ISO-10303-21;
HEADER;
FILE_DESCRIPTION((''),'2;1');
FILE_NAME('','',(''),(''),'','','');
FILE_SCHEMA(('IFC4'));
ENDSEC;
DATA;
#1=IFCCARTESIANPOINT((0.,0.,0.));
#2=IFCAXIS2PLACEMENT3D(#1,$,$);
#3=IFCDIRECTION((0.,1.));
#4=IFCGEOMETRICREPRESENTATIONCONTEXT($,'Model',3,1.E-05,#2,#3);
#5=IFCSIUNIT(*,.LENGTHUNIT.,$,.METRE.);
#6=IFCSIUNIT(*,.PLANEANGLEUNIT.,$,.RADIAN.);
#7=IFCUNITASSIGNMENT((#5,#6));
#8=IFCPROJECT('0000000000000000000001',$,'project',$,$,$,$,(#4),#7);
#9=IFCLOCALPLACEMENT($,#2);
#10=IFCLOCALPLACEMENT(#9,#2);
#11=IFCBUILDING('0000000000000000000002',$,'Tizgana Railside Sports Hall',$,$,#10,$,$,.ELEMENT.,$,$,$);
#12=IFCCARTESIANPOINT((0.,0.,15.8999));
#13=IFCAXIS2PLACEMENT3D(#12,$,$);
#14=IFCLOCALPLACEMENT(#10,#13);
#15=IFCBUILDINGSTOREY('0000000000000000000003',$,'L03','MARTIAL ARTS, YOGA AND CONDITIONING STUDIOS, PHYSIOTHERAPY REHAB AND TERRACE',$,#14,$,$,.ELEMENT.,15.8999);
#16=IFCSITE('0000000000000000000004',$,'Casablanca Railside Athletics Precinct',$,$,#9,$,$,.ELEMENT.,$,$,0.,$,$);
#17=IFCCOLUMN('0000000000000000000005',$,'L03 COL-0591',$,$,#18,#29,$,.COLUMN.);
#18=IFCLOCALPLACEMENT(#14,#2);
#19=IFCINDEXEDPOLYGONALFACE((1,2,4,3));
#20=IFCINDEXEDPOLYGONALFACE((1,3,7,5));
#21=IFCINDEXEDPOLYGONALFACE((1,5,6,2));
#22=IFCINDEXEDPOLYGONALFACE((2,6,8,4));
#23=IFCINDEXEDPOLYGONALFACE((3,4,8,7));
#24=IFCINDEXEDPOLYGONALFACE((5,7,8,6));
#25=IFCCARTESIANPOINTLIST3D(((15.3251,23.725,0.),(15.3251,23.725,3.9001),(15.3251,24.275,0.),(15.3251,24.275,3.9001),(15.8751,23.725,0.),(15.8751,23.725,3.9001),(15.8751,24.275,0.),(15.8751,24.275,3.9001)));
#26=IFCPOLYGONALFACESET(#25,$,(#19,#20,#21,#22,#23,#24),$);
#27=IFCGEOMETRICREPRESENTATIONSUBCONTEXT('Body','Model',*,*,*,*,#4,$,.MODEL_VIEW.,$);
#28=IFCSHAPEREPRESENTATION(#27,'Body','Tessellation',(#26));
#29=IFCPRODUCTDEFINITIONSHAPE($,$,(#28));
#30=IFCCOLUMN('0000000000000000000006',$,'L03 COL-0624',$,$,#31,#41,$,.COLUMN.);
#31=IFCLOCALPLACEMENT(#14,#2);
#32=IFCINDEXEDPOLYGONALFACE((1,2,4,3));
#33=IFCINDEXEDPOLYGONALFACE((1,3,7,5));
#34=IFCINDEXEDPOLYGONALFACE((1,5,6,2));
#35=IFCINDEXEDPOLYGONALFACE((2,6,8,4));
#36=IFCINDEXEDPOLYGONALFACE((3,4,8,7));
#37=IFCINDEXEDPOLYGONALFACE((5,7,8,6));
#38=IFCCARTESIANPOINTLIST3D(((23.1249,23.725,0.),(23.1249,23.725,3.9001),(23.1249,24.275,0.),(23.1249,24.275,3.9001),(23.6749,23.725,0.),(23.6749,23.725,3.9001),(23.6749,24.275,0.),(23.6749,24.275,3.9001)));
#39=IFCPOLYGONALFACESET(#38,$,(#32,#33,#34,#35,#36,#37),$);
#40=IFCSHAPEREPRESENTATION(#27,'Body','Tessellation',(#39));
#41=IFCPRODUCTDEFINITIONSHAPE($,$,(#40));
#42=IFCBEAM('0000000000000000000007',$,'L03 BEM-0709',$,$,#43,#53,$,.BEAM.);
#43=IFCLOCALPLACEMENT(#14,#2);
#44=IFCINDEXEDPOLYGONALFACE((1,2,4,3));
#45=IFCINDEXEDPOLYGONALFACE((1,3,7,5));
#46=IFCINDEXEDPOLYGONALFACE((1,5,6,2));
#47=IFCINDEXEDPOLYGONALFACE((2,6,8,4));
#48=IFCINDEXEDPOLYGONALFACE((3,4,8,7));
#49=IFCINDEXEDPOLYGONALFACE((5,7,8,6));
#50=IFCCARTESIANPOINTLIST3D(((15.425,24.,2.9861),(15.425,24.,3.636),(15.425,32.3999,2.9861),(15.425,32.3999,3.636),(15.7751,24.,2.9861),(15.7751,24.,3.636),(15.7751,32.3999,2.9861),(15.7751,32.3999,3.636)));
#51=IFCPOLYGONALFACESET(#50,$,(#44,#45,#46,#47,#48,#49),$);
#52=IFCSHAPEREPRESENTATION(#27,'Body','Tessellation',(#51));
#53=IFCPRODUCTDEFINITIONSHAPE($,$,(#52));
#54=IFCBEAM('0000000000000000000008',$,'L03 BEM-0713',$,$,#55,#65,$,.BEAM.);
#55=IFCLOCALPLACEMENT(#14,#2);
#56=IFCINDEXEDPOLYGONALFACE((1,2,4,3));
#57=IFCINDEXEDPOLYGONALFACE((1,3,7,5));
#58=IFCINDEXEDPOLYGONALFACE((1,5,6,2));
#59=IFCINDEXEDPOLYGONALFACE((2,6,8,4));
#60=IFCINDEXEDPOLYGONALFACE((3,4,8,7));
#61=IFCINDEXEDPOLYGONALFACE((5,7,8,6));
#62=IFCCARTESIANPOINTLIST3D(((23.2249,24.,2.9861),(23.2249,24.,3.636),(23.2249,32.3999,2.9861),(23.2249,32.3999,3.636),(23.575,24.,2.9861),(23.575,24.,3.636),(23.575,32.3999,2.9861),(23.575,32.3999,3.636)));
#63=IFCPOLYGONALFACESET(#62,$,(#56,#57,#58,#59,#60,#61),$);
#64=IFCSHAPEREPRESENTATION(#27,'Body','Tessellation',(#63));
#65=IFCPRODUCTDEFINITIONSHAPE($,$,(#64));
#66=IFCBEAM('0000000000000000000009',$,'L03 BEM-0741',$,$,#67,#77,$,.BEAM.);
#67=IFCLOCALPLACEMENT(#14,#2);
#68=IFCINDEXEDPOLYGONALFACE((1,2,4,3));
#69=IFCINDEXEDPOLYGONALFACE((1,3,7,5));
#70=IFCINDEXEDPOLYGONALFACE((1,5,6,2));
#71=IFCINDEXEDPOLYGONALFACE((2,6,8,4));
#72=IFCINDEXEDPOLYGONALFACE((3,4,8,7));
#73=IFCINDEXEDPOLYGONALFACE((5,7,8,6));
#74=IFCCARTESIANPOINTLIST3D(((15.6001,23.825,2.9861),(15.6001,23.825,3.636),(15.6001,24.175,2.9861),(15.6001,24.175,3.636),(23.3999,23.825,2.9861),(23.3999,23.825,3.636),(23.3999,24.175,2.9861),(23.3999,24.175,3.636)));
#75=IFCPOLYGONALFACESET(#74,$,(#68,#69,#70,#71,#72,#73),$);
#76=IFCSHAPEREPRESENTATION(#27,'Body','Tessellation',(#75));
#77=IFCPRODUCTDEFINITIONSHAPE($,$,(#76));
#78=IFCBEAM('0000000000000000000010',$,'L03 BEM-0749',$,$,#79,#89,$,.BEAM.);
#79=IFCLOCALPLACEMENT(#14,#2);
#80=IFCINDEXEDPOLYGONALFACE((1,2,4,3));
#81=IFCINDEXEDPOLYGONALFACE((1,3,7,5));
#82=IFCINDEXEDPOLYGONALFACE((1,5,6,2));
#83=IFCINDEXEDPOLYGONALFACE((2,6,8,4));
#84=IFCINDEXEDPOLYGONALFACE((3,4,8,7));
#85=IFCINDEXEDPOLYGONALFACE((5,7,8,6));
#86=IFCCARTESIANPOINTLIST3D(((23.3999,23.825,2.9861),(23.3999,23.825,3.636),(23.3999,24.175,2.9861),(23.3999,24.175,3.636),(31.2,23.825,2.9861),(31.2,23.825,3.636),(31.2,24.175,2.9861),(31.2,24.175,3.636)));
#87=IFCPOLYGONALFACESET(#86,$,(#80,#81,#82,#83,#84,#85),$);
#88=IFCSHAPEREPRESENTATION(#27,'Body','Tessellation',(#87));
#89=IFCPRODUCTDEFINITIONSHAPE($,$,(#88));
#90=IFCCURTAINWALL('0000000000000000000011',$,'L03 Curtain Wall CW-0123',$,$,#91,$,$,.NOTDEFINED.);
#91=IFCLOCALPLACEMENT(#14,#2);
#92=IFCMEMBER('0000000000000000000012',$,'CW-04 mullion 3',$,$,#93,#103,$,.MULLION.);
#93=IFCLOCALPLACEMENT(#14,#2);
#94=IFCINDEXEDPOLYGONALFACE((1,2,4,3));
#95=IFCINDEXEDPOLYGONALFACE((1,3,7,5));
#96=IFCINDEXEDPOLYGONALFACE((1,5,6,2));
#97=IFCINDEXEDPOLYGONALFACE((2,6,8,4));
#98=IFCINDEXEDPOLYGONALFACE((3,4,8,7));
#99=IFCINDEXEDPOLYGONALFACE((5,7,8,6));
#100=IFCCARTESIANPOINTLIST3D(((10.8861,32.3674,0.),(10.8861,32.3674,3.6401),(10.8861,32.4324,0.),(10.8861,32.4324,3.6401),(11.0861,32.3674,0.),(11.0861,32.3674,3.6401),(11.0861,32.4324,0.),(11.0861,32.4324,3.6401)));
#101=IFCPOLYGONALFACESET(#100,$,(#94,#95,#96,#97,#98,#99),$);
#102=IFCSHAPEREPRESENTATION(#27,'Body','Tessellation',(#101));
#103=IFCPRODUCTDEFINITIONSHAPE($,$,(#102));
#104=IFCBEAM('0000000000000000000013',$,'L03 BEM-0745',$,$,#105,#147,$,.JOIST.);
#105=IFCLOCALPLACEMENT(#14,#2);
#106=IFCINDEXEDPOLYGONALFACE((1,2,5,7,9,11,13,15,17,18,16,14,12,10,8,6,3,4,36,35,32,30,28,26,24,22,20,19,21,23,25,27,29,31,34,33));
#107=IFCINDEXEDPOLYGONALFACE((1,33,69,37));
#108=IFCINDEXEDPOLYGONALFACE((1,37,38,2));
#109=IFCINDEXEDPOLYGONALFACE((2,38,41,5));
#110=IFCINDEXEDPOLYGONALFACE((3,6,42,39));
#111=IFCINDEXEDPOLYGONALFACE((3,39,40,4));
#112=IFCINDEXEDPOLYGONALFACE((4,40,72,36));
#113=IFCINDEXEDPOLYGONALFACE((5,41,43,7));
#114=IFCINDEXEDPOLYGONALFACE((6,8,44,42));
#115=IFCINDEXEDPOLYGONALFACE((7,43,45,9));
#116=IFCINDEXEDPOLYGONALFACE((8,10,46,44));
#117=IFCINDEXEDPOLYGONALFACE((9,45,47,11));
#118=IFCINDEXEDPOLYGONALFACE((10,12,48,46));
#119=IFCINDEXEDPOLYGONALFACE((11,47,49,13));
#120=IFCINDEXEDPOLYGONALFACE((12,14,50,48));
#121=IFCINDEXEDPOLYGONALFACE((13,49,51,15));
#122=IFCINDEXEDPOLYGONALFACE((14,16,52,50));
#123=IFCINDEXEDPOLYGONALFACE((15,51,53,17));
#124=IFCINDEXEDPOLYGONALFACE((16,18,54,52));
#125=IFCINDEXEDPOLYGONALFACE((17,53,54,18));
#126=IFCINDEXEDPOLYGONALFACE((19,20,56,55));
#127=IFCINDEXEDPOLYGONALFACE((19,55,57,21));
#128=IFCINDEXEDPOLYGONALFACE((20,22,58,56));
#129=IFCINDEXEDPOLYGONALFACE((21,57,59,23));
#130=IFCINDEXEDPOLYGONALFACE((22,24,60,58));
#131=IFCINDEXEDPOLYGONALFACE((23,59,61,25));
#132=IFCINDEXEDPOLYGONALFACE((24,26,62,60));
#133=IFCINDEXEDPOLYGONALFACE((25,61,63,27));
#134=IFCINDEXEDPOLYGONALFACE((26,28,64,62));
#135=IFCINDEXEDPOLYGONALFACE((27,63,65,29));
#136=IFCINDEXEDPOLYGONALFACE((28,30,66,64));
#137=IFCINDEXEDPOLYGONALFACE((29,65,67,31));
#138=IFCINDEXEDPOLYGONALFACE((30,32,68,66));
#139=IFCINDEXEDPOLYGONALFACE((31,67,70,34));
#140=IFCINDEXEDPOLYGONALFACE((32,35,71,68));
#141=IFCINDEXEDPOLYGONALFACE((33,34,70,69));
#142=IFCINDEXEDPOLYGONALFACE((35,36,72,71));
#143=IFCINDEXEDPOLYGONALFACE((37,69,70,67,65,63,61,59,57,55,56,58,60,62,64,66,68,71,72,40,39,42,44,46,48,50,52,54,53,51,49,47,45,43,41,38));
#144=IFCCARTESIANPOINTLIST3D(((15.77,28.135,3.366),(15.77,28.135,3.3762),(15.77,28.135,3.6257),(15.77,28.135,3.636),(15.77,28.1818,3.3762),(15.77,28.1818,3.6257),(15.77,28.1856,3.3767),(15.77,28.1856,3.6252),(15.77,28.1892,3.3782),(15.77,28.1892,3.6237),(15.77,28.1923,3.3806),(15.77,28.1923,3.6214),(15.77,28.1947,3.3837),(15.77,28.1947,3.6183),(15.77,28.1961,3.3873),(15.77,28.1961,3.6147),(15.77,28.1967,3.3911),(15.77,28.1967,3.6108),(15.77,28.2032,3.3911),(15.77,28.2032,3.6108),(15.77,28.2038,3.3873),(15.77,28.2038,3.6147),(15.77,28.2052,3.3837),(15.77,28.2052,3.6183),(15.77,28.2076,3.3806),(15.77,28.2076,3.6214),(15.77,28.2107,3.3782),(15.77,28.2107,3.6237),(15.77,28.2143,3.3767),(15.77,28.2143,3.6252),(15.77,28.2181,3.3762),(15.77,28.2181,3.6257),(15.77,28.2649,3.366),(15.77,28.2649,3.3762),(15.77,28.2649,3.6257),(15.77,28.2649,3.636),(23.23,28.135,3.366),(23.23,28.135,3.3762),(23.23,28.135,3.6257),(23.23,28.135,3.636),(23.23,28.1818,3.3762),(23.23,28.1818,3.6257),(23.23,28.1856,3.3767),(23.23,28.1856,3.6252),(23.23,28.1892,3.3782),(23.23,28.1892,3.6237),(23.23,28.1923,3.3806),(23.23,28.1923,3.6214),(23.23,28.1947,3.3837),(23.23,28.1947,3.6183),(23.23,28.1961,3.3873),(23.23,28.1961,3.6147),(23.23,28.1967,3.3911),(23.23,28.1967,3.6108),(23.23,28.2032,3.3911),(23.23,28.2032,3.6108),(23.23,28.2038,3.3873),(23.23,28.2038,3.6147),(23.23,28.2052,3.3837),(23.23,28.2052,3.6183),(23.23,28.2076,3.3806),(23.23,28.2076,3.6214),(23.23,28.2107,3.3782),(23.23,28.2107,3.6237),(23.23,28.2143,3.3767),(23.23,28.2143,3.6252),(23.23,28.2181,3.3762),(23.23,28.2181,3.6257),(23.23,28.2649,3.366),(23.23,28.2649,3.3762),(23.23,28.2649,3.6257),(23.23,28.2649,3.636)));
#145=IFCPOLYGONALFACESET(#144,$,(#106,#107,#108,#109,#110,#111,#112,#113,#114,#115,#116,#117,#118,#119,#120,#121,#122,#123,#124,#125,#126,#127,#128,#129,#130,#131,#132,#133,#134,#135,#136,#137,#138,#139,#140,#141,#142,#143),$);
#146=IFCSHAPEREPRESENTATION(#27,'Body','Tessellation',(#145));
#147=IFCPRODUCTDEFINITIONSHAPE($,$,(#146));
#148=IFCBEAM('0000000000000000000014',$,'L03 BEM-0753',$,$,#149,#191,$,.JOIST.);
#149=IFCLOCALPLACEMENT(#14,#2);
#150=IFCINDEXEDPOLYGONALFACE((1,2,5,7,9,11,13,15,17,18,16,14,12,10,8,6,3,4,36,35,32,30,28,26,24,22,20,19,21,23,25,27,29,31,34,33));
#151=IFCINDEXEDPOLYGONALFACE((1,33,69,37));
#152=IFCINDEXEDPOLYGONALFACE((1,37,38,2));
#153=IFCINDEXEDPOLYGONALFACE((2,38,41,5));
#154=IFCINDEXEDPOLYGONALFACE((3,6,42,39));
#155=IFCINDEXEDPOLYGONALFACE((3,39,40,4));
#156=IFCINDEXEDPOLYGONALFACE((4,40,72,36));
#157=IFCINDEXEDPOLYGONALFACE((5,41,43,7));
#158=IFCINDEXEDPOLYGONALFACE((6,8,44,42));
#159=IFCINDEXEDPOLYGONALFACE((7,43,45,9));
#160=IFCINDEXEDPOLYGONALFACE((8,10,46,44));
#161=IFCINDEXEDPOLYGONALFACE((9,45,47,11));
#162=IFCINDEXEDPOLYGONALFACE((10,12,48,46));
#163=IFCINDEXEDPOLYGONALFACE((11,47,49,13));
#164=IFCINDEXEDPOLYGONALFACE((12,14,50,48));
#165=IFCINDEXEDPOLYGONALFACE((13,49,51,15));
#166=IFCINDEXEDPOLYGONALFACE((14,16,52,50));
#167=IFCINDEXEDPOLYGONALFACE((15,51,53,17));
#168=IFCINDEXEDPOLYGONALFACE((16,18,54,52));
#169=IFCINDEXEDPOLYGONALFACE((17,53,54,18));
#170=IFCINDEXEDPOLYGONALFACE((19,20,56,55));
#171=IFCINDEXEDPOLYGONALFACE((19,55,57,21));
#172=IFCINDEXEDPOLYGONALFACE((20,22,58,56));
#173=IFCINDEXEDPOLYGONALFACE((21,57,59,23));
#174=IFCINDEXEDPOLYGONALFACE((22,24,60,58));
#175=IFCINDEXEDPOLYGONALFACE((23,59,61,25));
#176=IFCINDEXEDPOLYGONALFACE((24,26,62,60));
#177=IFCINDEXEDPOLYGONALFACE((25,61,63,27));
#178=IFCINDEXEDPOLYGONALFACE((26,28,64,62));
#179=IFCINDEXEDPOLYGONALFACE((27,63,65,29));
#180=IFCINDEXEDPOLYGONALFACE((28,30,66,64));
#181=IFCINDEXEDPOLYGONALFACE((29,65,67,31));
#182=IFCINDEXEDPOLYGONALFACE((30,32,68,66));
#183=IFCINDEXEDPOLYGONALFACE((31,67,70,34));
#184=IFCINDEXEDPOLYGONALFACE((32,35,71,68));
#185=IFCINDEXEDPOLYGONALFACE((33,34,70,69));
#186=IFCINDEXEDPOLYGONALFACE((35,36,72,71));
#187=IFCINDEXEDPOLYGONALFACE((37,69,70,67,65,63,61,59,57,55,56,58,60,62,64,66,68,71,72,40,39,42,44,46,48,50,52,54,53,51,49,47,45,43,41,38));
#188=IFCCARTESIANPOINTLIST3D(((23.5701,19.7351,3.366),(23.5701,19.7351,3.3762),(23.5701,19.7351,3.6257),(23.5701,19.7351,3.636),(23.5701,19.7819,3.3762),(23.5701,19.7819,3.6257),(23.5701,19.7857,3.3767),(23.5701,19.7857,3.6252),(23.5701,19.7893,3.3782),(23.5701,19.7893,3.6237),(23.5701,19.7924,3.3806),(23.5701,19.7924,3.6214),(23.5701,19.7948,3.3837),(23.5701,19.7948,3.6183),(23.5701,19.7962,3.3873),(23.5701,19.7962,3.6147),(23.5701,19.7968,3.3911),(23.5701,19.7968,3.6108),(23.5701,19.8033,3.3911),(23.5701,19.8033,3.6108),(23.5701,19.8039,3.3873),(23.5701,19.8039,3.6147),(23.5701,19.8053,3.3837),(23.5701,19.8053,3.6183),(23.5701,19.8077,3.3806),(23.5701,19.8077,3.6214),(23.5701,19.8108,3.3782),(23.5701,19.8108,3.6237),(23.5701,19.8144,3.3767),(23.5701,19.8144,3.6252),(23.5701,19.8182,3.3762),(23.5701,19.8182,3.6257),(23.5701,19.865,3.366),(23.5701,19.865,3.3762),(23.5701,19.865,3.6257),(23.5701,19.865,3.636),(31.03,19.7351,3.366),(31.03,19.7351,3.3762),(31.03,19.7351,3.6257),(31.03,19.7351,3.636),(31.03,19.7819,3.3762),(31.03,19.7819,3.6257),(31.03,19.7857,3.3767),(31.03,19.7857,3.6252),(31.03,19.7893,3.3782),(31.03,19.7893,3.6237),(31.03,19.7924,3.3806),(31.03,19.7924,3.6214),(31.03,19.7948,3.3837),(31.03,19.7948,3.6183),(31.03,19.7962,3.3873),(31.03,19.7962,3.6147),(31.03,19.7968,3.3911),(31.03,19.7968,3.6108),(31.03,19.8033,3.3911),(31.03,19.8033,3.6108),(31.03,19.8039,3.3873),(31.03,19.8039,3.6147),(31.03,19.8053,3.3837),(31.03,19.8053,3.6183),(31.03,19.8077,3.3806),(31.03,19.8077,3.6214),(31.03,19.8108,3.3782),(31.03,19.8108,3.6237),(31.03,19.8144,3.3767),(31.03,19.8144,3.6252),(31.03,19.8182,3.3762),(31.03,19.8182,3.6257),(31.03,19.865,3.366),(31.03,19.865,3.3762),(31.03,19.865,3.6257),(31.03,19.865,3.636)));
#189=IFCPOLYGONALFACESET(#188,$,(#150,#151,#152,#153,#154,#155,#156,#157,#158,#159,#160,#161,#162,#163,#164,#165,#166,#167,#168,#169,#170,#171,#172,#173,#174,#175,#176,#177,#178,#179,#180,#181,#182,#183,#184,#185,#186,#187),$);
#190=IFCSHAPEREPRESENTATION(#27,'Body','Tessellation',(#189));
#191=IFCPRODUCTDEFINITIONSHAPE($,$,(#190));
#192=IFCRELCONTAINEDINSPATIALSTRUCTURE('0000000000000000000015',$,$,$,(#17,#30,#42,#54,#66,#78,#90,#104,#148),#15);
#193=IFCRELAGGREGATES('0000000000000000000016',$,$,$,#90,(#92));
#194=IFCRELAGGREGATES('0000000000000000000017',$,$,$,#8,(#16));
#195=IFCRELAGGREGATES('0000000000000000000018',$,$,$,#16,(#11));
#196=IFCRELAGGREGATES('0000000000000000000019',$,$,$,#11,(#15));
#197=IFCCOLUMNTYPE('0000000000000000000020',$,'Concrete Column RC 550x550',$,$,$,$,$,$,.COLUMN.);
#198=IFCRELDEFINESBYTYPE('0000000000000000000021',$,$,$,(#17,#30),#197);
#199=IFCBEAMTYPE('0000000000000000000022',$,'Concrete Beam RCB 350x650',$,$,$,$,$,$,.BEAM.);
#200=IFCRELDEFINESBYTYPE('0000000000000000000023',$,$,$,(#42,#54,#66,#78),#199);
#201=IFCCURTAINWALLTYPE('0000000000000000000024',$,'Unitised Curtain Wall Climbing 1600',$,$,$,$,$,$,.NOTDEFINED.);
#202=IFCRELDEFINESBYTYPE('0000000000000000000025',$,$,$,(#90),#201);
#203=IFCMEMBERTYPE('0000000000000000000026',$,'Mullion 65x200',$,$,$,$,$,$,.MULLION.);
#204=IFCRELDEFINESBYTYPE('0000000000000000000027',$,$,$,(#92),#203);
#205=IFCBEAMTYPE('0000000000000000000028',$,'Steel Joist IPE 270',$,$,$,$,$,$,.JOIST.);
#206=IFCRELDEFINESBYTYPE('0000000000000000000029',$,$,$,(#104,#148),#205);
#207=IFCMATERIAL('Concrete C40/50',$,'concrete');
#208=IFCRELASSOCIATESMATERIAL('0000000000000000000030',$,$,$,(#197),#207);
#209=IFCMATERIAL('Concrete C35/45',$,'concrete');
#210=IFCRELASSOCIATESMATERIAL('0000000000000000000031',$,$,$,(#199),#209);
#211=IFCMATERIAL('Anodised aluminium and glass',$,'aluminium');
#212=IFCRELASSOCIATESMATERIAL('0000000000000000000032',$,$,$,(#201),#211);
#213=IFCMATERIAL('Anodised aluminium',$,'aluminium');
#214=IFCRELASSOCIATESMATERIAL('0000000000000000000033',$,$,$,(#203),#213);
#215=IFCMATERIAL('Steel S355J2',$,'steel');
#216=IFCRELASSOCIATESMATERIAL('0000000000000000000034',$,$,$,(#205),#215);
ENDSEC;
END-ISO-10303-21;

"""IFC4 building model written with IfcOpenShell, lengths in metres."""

from ifc_helpers import new_model, si_unit, direction, frame, origin, origin_2d, place, context, subcontext, project, spatial, rectangle, i_section, extrude, material, material_profile, profile_set, type_object, element, aggregate, save


model = new_model("IFC4")

# Units and contexts
model_context = context("Model", 3, precision=1e-05, world=origin(), true_north=direction((0.0, 1.0)))
body_context = subcontext(model_context, "Body", "Model", "MODEL_VIEW")
ifc_project = project(units=[si_unit("LENGTHUNIT", "METRE"), si_unit("PLANEANGLEUNIT", "RADIAN")], contexts=[model_context])

# Site, building, storey
site_placement = place(None, origin())
site = spatial("IfcSite", under=ifc_project, at=site_placement, Name="Casablanca Railside Athletics Precinct", CompositionType="ELEMENT", RefElevation=0.0)
building_placement = place(site_placement, origin())
building = spatial("IfcBuilding", under=site, at=building_placement, Name="Tizgana Railside Sports Hall", CompositionType="ELEMENT")
storey_placement = place(building_placement, frame((0.0, 0.0, 15.8999)))
storey = spatial("IfcBuildingStorey", under=building, at=storey_placement, Name="L03", Description="MARTIAL ARTS, YOGA AND CONDITIONING STUDIOS, PHYSIOTHERAPY REHAB AND TERRACE", CompositionType="ELEMENT", Elevation=15.8999)

# Columns
ifc_material_1 = material(Name="Concrete C40/50", Category="concrete")
ifc_material_profile_1 = material_profile(ifc_material_1, rectangle(XDim=0.55, YDim=0.55, at=origin_2d()), Name="RC 550x550")
ifc_profile_set_1 = profile_set([ifc_material_profile_1], Name="Concrete C40/50")
column_type = type_object("IfcColumnType", Name="Concrete Column RC 550x550", PredefinedType="COLUMN", material=ifc_profile_set_1)
for number, where, z_axis, x_axis, name in (
    (1, (15.6001, 24.0, 0.0), (0.0, 0.0, 1.0), (1.0, 0.0, 0.0), "L03 COL-0591"),
    (2, (23.3999, 24.0, 0.0), (0.0, 0.0, 1.0), (1.0, 0.0, 0.0), "L03 COL-0624"),
):
    element("IfcColumn", number, at=place(storey_placement, frame(where, z_axis=z_axis, x_axis=x_axis)), inside=storey, type_object=column_type, Name=name, PredefinedType="COLUMN", context=body_context, shape_type="SweptSolid", body=[
        extrude(rectangle(XDim=0.55, YDim=0.55, at=origin_2d()), origin(), (0.0, 0.0, 1.0), 3.9001),
    ])

# Beams
ifc_material_2 = material(Name="Concrete C35/45", Category="concrete")
ifc_material_profile_2 = material_profile(ifc_material_2, rectangle(XDim=0.3501, YDim=0.6499, at=origin_2d()), Name="RCB 350x650")
ifc_profile_set_2 = profile_set([ifc_material_profile_2], Name="Concrete C35/45")
beam_type_1 = type_object("IfcBeamType", Name="Concrete Beam RCB 350x650", PredefinedType="BEAM", material=ifc_profile_set_2)
for number, where, z_axis, x_axis, name in (
    (3, (15.6001, 24.0, 3.311), (0.0, 1.0, 0.0), (-1.0, 0.0, 0.0), "L03 BEM-0709"),
    (4, (23.3999, 24.0, 3.311), (0.0, 1.0, 0.0), (-1.0, 0.0, 0.0), "L03 BEM-0713"),
):
    element("IfcBeam", number, at=place(storey_placement, frame(where, z_axis=z_axis, x_axis=x_axis)), inside=storey, type_object=beam_type_1, Name=name, PredefinedType="BEAM", context=body_context, shape_type="SweptSolid", body=[
        extrude(rectangle(XDim=0.3501, YDim=0.6499, at=origin_2d()), origin(), (0.0, 0.0, 1.0), 8.3999),
    ])
beam_1_placement = place(storey_placement, frame((15.6001, 24.0, 3.311), z_axis=(1.0, 0.0, 0.0), x_axis=(0.0, 1.0, 0.0)))
element("IfcBeam", 5, at=beam_1_placement, inside=storey, type_object=beam_type_1, Name="L03 BEM-0741", PredefinedType="BEAM", context=body_context, shape_type="SweptSolid", body=[
    extrude(rectangle(XDim=0.3501, YDim=0.6499, at=origin_2d()), origin(), (0.0, 0.0, 1.0), 7.7998),
])
beam_2_placement = place(storey_placement, frame((23.3999, 24.0, 3.311), z_axis=(1.0, 0.0, 0.0), x_axis=(0.0, 1.0, 0.0)))
element("IfcBeam", 6, at=beam_2_placement, inside=storey, type_object=beam_type_1, Name="L03 BEM-0749", PredefinedType="BEAM", context=body_context, shape_type="SweptSolid", body=[
    extrude(rectangle(XDim=0.3501, YDim=0.6499, at=origin_2d()), origin(), (0.0, 0.0, 1.0), 7.8),
])

# Curtain wall, member
ifc_material_3 = material(Name="Anodised aluminium and glass", Category="aluminium")
curtain_wall_type = type_object("IfcCurtainWallType", Name="Unitised Curtain Wall Climbing 1600", PredefinedType="NOTDEFINED", material=ifc_material_3)
curtain_wall_placement = place(storey_placement, origin())
curtain_wall = element("IfcCurtainWall", 7, at=curtain_wall_placement, inside=storey, type_object=curtain_wall_type, Name="L03 Curtain Wall CW-0123", PredefinedType="NOTDEFINED")
ifc_material_4 = material(Name="Anodised aluminium", Category="aluminium")
ifc_material_profile_3 = material_profile(ifc_material_4, rectangle(XDim=0.0649, YDim=0.2, at=origin_2d()), Name="Mullion 65x200")
ifc_profile_set_3 = profile_set([ifc_material_profile_3], Name="Anodised aluminium")
member_type_1 = type_object("IfcMemberType", Name="Mullion 65x200", PredefinedType="MULLION", material=ifc_profile_set_3)
member_1_placement = place(storey_placement, frame((10.9861, 32.3999, 0.0), z_axis=(0.0, 0.0, 1.0), x_axis=(0.0, 1.0, 0.0)))
member_1 = element("IfcMember", 8, at=member_1_placement, type_object=member_type_1, Name="CW-04 mullion 3", PredefinedType="MULLION", context=body_context, shape_type="SweptSolid", body=[
    extrude(rectangle(XDim=0.0649, YDim=0.2, at=origin_2d()), origin(), (0.0, 0.0, 1.0), 3.6401),
])

# Beams
ifc_material_5 = material(Name="Steel S355J2", Category="steel")
ifc_material_profile_4 = material_profile(ifc_material_5, i_section(OverallWidth=0.1299, OverallDepth=0.27, WebThickness=0.0066, FlangeThickness=0.0103, FilletRadius=0.0149, at=origin_2d()), Name="IPE 270")
ifc_profile_set_4 = profile_set([ifc_material_profile_4], Name="Steel S355J2")
beam_type_2 = type_object("IfcBeamType", Name="Steel Joist IPE 270", PredefinedType="JOIST", material=ifc_profile_set_4)
for number, where, z_axis, x_axis, name in (
    (9, (15.77, 28.2, 3.501), (1.0, 0.0, 0.0), (0.0, 1.0, 0.0), "L03 BEM-0745"),
    (10, (23.5701, 19.8, 3.501), (1.0, 0.0, 0.0), (0.0, 1.0, 0.0), "L03 BEM-0753"),
):
    element("IfcBeam", number, at=place(storey_placement, frame(where, z_axis=z_axis, x_axis=x_axis)), inside=storey, type_object=beam_type_2, Name=name, PredefinedType="JOIST", context=body_context, shape_type="SweptSolid", body=[
        extrude(i_section(OverallWidth=0.1299, OverallDepth=0.27, WebThickness=0.0066, FlangeThickness=0.0103, FilletRadius=0.0149, at=origin_2d()), origin(), (0.0, 0.0, 1.0), 7.46),
    ])

aggregate(curtain_wall, [member_1])

save(model, "model.ifc")
